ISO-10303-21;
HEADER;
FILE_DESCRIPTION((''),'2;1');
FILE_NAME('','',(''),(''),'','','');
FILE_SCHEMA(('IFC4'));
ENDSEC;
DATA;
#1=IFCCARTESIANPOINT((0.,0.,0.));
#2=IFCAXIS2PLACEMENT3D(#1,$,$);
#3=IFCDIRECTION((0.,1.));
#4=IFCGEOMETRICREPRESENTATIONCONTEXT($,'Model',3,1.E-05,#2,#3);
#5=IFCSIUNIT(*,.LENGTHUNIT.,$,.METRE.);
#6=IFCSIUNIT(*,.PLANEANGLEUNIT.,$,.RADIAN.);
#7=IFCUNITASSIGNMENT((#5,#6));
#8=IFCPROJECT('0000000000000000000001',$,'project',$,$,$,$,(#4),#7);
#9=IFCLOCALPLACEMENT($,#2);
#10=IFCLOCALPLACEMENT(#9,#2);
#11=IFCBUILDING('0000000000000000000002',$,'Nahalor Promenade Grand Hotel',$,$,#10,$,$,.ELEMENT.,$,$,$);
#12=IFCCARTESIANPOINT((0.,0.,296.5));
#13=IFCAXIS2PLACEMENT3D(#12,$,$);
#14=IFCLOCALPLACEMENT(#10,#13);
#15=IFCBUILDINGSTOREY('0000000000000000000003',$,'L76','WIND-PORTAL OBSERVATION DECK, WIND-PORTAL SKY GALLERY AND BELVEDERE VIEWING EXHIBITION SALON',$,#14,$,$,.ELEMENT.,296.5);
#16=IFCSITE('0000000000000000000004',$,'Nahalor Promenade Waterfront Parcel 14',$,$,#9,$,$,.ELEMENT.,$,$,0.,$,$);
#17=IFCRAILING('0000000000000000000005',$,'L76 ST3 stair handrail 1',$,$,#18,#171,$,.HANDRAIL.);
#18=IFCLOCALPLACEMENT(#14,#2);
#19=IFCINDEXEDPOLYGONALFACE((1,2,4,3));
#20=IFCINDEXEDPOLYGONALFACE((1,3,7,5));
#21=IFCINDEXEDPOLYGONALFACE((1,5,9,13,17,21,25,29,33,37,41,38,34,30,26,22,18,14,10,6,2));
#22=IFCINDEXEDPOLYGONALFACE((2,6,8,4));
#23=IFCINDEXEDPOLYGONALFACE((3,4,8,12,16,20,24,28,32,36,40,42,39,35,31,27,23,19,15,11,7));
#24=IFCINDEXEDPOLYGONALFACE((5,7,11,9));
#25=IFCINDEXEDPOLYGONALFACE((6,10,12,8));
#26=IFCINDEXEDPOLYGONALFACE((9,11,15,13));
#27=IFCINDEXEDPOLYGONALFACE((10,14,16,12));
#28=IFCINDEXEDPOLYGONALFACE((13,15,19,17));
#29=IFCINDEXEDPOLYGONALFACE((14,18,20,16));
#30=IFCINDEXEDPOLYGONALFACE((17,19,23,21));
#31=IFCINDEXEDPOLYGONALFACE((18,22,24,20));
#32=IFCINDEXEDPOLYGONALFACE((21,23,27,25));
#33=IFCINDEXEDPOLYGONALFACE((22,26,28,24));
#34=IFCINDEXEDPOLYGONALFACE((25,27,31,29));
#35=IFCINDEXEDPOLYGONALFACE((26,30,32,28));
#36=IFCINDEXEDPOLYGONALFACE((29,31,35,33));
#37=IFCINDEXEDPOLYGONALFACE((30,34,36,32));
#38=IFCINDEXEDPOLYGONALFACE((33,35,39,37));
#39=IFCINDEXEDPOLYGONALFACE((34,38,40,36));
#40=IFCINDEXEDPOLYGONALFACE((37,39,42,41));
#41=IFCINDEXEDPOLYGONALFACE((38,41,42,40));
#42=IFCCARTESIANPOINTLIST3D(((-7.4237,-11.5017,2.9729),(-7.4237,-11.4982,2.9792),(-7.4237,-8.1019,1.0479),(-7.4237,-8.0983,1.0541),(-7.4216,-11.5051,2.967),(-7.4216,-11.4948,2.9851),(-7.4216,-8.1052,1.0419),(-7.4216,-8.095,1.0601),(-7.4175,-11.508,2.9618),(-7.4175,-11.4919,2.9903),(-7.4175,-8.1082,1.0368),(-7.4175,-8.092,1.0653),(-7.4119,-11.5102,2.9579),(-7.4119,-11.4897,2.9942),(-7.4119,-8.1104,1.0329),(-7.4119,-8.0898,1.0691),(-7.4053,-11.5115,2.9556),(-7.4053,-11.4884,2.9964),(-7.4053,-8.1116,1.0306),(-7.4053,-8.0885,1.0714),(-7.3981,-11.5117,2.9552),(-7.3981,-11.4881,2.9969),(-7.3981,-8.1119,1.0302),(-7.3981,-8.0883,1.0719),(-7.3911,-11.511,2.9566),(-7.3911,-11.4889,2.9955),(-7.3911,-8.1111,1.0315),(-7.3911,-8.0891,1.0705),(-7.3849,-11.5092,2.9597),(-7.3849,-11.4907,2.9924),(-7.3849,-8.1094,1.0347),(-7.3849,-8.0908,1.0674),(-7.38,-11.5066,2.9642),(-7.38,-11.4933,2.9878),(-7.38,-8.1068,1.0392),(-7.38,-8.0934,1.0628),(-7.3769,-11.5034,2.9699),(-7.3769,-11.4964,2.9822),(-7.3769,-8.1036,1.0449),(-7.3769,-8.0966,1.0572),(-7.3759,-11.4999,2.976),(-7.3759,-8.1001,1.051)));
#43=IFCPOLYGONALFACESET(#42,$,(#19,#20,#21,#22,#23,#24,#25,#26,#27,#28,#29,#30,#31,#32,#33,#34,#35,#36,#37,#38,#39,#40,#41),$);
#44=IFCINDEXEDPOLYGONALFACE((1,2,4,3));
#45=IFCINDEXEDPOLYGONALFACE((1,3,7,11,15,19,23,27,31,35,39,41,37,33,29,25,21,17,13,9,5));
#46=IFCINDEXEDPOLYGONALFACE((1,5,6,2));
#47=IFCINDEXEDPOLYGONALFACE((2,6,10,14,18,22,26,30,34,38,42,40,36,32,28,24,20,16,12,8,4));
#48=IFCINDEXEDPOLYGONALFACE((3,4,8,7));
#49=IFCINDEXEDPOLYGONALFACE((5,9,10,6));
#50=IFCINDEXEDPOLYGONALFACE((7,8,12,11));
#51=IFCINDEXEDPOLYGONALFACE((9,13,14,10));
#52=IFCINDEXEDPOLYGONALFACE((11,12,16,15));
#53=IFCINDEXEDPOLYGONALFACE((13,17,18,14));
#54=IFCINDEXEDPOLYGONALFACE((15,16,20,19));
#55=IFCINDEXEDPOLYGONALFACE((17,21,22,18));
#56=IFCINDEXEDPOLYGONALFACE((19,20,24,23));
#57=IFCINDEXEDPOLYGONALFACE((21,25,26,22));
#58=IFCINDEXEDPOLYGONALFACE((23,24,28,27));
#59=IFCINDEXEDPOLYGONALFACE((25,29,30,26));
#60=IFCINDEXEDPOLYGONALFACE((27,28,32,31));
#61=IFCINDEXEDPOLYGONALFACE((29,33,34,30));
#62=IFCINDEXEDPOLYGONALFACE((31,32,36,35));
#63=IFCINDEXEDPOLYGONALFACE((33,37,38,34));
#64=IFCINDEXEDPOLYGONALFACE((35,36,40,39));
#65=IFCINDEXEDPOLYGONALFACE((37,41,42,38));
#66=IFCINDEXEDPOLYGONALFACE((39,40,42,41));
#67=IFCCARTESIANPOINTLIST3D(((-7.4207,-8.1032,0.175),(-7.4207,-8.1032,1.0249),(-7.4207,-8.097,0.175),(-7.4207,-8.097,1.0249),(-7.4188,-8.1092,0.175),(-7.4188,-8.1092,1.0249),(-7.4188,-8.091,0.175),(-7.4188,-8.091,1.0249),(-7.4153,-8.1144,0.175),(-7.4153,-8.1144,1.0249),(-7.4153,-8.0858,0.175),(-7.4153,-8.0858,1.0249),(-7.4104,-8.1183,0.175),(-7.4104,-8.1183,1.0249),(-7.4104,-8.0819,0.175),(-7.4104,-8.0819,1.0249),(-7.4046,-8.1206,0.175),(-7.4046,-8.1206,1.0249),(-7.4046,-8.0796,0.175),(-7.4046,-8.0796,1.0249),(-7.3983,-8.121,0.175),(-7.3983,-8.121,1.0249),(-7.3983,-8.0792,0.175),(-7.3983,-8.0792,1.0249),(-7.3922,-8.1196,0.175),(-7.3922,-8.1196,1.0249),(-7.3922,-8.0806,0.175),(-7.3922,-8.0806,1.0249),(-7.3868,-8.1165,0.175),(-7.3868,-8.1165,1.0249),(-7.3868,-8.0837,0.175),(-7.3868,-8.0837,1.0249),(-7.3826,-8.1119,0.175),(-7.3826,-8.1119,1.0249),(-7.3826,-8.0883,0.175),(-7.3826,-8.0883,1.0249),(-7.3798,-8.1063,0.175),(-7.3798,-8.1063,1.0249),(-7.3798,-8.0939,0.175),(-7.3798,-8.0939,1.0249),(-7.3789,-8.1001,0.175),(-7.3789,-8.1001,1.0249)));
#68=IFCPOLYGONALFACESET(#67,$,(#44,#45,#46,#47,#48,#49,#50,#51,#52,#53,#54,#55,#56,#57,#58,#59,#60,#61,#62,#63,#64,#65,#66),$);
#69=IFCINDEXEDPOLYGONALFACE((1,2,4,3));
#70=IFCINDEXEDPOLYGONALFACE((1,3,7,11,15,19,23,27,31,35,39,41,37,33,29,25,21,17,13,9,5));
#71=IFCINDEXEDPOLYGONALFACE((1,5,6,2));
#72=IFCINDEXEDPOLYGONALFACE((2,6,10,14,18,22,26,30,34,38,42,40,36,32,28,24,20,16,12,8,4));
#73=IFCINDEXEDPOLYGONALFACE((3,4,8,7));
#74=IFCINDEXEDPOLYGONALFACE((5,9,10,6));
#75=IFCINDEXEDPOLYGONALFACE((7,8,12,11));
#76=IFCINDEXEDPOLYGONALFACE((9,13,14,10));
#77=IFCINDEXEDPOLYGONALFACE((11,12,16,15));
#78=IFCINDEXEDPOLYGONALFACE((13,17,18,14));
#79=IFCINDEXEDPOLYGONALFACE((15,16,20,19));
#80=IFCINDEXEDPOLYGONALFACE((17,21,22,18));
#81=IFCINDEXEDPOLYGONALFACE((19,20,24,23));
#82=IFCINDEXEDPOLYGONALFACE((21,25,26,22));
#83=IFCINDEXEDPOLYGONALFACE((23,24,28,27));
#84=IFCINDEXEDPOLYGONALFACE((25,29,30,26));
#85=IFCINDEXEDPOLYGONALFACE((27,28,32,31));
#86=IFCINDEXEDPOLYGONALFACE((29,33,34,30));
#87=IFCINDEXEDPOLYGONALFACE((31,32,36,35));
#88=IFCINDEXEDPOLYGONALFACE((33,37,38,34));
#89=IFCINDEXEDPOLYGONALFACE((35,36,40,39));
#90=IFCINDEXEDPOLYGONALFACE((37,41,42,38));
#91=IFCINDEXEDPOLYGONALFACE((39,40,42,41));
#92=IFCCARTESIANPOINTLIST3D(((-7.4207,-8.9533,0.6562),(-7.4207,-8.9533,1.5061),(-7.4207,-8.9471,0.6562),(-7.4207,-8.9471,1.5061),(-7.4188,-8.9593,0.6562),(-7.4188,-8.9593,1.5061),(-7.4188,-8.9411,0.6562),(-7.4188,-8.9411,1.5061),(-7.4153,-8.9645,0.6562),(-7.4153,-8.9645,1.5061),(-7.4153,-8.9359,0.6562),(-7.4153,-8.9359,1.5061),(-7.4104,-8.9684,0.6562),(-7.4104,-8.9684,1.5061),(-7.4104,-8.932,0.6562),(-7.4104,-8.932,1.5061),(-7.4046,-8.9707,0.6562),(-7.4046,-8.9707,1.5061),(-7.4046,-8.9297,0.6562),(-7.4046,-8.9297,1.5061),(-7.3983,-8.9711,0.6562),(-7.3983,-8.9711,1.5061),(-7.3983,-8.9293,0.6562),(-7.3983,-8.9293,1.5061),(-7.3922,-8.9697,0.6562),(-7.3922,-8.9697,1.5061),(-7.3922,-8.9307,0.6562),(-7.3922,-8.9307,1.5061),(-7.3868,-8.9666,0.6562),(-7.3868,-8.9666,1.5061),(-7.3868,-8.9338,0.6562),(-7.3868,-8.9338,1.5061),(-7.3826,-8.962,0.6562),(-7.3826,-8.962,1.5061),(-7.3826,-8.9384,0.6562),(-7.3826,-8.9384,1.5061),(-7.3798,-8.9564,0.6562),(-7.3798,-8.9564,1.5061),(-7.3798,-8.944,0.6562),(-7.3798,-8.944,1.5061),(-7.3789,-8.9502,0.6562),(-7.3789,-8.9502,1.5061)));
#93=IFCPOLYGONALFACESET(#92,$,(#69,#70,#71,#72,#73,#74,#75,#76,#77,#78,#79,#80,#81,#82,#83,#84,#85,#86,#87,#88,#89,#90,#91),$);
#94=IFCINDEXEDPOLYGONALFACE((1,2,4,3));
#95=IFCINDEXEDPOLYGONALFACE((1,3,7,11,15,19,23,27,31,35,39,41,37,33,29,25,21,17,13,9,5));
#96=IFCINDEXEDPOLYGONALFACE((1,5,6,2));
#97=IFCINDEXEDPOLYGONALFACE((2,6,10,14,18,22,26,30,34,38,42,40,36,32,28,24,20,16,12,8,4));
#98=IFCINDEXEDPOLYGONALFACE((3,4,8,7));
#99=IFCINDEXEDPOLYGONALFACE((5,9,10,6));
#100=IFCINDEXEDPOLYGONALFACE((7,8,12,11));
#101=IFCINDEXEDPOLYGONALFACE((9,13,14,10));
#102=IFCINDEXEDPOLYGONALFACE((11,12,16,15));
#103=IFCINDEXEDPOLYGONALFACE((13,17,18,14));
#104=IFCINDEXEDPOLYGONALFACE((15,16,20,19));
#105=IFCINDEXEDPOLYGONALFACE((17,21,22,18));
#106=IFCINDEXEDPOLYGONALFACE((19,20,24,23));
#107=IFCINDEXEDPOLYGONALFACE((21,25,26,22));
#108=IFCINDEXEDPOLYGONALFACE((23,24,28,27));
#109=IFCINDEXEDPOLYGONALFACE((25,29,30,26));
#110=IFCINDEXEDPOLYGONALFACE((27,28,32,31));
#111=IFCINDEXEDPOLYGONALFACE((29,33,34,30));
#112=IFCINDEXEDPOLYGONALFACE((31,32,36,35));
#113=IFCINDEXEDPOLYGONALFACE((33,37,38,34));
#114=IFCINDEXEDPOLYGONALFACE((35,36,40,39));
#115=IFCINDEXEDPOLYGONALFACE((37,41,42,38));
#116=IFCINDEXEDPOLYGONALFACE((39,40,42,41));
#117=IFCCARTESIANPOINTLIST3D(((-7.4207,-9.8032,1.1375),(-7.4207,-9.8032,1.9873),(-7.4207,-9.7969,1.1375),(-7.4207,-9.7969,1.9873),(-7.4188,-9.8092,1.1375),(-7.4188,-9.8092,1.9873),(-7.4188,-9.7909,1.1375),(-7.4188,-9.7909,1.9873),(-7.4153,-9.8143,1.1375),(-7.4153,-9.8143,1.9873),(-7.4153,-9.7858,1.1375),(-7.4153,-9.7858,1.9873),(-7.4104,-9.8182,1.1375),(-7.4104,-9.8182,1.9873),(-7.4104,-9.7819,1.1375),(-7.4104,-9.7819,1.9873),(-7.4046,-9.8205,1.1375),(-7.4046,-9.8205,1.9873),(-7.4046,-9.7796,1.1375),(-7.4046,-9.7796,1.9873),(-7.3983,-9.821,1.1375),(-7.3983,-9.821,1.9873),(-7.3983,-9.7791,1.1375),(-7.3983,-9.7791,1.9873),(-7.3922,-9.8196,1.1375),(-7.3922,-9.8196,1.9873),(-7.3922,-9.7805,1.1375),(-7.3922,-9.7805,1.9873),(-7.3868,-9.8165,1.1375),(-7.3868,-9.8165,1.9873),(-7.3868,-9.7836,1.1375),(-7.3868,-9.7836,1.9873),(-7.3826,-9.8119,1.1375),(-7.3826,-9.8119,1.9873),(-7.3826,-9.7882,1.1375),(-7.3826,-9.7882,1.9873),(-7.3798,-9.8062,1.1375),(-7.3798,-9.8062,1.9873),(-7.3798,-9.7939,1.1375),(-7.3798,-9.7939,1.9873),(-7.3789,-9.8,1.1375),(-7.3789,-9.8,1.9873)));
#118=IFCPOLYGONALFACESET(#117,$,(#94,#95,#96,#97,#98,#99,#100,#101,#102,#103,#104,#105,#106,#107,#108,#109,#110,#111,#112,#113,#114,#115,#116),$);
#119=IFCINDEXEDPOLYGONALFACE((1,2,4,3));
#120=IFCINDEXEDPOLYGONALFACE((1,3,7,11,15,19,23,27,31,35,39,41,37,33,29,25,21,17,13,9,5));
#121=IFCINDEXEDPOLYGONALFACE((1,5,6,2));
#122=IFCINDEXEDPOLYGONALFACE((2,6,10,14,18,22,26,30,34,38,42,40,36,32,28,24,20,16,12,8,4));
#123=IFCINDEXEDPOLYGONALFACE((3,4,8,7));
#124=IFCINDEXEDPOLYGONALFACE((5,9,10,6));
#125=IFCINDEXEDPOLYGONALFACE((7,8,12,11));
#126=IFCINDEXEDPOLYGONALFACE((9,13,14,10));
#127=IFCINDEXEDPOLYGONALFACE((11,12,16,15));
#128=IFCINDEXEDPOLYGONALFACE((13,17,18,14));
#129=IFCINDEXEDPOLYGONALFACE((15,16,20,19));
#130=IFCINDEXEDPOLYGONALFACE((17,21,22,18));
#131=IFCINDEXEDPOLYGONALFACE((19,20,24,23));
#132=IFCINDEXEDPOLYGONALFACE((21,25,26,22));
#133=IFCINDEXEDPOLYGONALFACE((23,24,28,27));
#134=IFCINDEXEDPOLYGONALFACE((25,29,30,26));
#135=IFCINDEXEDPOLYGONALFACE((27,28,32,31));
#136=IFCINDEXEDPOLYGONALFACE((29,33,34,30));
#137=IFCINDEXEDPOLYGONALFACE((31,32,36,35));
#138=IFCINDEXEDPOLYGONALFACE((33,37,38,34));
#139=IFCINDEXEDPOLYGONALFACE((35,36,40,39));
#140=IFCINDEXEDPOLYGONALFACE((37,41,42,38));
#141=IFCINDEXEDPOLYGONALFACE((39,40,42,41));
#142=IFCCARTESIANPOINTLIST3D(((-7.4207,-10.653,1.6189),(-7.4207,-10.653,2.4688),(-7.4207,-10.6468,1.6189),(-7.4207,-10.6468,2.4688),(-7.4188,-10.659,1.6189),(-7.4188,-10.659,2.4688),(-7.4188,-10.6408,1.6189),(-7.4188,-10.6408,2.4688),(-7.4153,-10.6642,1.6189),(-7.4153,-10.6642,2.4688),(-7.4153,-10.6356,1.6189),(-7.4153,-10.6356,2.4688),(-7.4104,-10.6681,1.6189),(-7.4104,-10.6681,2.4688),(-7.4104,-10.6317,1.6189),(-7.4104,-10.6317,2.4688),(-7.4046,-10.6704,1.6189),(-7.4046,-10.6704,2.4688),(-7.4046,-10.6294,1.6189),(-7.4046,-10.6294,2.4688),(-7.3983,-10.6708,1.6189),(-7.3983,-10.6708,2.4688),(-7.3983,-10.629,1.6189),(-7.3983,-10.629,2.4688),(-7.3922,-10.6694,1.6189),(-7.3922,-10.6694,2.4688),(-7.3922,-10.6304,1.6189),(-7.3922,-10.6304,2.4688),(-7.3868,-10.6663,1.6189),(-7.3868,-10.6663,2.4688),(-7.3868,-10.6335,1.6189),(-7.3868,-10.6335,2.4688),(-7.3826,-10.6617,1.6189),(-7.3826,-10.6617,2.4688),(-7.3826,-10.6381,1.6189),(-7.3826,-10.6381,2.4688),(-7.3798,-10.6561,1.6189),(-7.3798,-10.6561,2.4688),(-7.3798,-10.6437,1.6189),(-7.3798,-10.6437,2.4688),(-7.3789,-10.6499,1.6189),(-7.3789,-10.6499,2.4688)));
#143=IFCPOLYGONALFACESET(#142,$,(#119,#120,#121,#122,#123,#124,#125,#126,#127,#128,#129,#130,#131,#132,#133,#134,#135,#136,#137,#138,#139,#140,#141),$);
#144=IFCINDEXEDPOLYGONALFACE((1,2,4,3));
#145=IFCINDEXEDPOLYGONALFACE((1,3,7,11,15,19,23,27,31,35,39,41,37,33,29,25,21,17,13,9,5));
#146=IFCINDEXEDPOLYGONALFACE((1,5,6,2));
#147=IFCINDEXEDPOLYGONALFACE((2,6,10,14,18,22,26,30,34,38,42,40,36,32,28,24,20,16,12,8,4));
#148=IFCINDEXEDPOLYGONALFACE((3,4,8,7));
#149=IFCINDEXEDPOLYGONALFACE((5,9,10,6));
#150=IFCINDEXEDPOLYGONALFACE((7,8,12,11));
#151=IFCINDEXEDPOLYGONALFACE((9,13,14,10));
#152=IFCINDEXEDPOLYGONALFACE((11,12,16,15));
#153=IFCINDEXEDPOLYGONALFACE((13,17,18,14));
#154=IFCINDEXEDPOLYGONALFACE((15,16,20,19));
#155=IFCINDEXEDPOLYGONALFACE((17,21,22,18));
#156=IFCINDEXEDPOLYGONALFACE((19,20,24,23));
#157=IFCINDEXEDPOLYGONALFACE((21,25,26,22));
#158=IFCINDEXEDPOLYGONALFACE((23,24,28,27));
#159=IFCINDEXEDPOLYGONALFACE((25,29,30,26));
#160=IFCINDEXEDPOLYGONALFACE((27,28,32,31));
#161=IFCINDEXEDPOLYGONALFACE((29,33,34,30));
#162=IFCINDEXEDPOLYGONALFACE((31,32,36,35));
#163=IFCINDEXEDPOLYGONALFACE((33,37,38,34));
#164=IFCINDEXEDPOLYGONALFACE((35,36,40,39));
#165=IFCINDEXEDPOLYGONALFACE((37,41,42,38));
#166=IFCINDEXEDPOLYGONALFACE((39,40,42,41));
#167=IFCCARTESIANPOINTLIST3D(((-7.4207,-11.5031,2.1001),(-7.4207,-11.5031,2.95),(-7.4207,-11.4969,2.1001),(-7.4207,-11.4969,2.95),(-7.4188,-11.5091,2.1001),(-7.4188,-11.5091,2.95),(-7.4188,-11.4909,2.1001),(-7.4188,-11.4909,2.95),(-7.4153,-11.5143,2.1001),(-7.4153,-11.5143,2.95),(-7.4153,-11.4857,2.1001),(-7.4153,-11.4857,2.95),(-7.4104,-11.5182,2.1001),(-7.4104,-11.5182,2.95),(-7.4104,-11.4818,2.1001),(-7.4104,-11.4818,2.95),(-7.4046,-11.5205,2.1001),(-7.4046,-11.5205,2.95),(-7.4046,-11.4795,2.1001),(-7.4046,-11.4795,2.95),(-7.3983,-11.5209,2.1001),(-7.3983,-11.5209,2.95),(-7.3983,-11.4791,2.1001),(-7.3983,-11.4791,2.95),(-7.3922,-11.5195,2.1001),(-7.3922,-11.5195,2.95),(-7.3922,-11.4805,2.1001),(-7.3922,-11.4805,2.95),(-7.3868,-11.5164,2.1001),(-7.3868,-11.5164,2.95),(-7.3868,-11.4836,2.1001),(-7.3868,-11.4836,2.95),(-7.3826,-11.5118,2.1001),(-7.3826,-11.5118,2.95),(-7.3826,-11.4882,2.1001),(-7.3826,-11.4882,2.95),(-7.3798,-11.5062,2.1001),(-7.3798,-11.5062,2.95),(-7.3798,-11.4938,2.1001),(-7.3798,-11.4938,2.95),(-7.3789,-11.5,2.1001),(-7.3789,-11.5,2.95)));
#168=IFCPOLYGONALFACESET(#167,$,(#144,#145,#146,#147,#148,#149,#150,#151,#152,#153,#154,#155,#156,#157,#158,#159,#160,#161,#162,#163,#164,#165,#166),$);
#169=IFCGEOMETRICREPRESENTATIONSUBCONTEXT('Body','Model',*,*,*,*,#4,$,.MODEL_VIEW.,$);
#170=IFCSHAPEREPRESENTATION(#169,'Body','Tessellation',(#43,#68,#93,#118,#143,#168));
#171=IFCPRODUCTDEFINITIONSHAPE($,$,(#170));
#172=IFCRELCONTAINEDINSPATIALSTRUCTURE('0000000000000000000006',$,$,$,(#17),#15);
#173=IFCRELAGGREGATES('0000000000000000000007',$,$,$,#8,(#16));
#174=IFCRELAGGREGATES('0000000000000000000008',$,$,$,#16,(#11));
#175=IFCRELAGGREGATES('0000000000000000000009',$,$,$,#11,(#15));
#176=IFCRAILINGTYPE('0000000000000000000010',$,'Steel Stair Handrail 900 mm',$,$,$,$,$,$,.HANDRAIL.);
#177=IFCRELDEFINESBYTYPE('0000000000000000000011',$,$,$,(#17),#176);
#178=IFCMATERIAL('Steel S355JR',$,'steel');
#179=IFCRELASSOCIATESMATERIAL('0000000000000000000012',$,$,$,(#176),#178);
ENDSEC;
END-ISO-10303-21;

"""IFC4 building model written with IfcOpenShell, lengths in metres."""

from ifc_helpers import new_model, si_unit, direction, frame, origin, origin_2d, place, context, subcontext, project, spatial, circle, extrude, material, type_object, element, save


model = new_model("IFC4")

# Units and contexts
model_context = context("Model", 3, precision=1e-05, world=origin(), true_north=direction((0.0, 1.0)))
body_context = subcontext(model_context, "Body", "Model", "MODEL_VIEW")
ifc_project = project(units=[si_unit("LENGTHUNIT", "METRE"), si_unit("PLANEANGLEUNIT", "RADIAN")], contexts=[model_context])

# Site, building, storey
site_placement = place(None, origin())
site = spatial("IfcSite", under=ifc_project, at=site_placement, Name="Nahalor Promenade Waterfront Parcel 14", CompositionType="ELEMENT", RefElevation=0.0)
building_placement = place(site_placement, origin())
building = spatial("IfcBuilding", under=site, at=building_placement, Name="Nahalor Promenade Grand Hotel", CompositionType="ELEMENT")
storey_placement = place(building_placement, frame((0.0, 0.0, 296.5)))
storey = spatial("IfcBuildingStorey", under=building, at=storey_placement, Name="L76", Description="WIND-PORTAL OBSERVATION DECK, WIND-PORTAL SKY GALLERY AND BELVEDERE VIEWING EXHIBITION SALON", CompositionType="ELEMENT", Elevation=296.5)

# Shared definitions
ifc_material_1 = material(Name="Steel S355JR", Category="steel")

# Railing
railing_type_1 = type_object("IfcRailingType", Name="Steel Stair Handrail 900 mm", PredefinedType="HANDRAIL", material=ifc_material_1)
railing_1_placement = place(storey_placement, frame((-7.3999, -8.1001, 0.175)))
element("IfcRailing", 1, at=railing_1_placement, inside=storey, type_object=railing_type_1, Name="L76 ST3 stair handrail 1", PredefinedType="HANDRAIL", context=body_context, shape_type="SweptSolid", body=[
    extrude(circle(Radius=0.024, at=origin_2d()), frame((0.0, 0.0, 0.876), z_axis=(0.0, -0.870194, 0.49271), x_axis=(1.0, 0.0, 0.0)), (0.0, 0.0, 1.0), 3.907),
    extrude(circle(Radius=0.021, at=origin_2d()), origin(), (0.0, 0.0, 1.0), 0.8499),
    extrude(circle(Radius=0.021, at=origin_2d()), frame((0.0, -0.8501, 0.4812)), (0.0, 0.0, 1.0), 0.8499),
    extrude(circle(Radius=0.021, at=origin_2d()), frame((0.0, -1.7, 0.9624)), (0.0, 0.0, 1.0), 0.8499),
    extrude(circle(Radius=0.021, at=origin_2d()), frame((0.0, -2.5498, 1.4438)), (0.0, 0.0, 1.0), 0.8499),
    extrude(circle(Radius=0.021, at=origin_2d()), frame((0.0, -3.3999, 1.925)), (0.0, 0.0, 1.0), 0.8499),
])

save(model, "model.ifc")
